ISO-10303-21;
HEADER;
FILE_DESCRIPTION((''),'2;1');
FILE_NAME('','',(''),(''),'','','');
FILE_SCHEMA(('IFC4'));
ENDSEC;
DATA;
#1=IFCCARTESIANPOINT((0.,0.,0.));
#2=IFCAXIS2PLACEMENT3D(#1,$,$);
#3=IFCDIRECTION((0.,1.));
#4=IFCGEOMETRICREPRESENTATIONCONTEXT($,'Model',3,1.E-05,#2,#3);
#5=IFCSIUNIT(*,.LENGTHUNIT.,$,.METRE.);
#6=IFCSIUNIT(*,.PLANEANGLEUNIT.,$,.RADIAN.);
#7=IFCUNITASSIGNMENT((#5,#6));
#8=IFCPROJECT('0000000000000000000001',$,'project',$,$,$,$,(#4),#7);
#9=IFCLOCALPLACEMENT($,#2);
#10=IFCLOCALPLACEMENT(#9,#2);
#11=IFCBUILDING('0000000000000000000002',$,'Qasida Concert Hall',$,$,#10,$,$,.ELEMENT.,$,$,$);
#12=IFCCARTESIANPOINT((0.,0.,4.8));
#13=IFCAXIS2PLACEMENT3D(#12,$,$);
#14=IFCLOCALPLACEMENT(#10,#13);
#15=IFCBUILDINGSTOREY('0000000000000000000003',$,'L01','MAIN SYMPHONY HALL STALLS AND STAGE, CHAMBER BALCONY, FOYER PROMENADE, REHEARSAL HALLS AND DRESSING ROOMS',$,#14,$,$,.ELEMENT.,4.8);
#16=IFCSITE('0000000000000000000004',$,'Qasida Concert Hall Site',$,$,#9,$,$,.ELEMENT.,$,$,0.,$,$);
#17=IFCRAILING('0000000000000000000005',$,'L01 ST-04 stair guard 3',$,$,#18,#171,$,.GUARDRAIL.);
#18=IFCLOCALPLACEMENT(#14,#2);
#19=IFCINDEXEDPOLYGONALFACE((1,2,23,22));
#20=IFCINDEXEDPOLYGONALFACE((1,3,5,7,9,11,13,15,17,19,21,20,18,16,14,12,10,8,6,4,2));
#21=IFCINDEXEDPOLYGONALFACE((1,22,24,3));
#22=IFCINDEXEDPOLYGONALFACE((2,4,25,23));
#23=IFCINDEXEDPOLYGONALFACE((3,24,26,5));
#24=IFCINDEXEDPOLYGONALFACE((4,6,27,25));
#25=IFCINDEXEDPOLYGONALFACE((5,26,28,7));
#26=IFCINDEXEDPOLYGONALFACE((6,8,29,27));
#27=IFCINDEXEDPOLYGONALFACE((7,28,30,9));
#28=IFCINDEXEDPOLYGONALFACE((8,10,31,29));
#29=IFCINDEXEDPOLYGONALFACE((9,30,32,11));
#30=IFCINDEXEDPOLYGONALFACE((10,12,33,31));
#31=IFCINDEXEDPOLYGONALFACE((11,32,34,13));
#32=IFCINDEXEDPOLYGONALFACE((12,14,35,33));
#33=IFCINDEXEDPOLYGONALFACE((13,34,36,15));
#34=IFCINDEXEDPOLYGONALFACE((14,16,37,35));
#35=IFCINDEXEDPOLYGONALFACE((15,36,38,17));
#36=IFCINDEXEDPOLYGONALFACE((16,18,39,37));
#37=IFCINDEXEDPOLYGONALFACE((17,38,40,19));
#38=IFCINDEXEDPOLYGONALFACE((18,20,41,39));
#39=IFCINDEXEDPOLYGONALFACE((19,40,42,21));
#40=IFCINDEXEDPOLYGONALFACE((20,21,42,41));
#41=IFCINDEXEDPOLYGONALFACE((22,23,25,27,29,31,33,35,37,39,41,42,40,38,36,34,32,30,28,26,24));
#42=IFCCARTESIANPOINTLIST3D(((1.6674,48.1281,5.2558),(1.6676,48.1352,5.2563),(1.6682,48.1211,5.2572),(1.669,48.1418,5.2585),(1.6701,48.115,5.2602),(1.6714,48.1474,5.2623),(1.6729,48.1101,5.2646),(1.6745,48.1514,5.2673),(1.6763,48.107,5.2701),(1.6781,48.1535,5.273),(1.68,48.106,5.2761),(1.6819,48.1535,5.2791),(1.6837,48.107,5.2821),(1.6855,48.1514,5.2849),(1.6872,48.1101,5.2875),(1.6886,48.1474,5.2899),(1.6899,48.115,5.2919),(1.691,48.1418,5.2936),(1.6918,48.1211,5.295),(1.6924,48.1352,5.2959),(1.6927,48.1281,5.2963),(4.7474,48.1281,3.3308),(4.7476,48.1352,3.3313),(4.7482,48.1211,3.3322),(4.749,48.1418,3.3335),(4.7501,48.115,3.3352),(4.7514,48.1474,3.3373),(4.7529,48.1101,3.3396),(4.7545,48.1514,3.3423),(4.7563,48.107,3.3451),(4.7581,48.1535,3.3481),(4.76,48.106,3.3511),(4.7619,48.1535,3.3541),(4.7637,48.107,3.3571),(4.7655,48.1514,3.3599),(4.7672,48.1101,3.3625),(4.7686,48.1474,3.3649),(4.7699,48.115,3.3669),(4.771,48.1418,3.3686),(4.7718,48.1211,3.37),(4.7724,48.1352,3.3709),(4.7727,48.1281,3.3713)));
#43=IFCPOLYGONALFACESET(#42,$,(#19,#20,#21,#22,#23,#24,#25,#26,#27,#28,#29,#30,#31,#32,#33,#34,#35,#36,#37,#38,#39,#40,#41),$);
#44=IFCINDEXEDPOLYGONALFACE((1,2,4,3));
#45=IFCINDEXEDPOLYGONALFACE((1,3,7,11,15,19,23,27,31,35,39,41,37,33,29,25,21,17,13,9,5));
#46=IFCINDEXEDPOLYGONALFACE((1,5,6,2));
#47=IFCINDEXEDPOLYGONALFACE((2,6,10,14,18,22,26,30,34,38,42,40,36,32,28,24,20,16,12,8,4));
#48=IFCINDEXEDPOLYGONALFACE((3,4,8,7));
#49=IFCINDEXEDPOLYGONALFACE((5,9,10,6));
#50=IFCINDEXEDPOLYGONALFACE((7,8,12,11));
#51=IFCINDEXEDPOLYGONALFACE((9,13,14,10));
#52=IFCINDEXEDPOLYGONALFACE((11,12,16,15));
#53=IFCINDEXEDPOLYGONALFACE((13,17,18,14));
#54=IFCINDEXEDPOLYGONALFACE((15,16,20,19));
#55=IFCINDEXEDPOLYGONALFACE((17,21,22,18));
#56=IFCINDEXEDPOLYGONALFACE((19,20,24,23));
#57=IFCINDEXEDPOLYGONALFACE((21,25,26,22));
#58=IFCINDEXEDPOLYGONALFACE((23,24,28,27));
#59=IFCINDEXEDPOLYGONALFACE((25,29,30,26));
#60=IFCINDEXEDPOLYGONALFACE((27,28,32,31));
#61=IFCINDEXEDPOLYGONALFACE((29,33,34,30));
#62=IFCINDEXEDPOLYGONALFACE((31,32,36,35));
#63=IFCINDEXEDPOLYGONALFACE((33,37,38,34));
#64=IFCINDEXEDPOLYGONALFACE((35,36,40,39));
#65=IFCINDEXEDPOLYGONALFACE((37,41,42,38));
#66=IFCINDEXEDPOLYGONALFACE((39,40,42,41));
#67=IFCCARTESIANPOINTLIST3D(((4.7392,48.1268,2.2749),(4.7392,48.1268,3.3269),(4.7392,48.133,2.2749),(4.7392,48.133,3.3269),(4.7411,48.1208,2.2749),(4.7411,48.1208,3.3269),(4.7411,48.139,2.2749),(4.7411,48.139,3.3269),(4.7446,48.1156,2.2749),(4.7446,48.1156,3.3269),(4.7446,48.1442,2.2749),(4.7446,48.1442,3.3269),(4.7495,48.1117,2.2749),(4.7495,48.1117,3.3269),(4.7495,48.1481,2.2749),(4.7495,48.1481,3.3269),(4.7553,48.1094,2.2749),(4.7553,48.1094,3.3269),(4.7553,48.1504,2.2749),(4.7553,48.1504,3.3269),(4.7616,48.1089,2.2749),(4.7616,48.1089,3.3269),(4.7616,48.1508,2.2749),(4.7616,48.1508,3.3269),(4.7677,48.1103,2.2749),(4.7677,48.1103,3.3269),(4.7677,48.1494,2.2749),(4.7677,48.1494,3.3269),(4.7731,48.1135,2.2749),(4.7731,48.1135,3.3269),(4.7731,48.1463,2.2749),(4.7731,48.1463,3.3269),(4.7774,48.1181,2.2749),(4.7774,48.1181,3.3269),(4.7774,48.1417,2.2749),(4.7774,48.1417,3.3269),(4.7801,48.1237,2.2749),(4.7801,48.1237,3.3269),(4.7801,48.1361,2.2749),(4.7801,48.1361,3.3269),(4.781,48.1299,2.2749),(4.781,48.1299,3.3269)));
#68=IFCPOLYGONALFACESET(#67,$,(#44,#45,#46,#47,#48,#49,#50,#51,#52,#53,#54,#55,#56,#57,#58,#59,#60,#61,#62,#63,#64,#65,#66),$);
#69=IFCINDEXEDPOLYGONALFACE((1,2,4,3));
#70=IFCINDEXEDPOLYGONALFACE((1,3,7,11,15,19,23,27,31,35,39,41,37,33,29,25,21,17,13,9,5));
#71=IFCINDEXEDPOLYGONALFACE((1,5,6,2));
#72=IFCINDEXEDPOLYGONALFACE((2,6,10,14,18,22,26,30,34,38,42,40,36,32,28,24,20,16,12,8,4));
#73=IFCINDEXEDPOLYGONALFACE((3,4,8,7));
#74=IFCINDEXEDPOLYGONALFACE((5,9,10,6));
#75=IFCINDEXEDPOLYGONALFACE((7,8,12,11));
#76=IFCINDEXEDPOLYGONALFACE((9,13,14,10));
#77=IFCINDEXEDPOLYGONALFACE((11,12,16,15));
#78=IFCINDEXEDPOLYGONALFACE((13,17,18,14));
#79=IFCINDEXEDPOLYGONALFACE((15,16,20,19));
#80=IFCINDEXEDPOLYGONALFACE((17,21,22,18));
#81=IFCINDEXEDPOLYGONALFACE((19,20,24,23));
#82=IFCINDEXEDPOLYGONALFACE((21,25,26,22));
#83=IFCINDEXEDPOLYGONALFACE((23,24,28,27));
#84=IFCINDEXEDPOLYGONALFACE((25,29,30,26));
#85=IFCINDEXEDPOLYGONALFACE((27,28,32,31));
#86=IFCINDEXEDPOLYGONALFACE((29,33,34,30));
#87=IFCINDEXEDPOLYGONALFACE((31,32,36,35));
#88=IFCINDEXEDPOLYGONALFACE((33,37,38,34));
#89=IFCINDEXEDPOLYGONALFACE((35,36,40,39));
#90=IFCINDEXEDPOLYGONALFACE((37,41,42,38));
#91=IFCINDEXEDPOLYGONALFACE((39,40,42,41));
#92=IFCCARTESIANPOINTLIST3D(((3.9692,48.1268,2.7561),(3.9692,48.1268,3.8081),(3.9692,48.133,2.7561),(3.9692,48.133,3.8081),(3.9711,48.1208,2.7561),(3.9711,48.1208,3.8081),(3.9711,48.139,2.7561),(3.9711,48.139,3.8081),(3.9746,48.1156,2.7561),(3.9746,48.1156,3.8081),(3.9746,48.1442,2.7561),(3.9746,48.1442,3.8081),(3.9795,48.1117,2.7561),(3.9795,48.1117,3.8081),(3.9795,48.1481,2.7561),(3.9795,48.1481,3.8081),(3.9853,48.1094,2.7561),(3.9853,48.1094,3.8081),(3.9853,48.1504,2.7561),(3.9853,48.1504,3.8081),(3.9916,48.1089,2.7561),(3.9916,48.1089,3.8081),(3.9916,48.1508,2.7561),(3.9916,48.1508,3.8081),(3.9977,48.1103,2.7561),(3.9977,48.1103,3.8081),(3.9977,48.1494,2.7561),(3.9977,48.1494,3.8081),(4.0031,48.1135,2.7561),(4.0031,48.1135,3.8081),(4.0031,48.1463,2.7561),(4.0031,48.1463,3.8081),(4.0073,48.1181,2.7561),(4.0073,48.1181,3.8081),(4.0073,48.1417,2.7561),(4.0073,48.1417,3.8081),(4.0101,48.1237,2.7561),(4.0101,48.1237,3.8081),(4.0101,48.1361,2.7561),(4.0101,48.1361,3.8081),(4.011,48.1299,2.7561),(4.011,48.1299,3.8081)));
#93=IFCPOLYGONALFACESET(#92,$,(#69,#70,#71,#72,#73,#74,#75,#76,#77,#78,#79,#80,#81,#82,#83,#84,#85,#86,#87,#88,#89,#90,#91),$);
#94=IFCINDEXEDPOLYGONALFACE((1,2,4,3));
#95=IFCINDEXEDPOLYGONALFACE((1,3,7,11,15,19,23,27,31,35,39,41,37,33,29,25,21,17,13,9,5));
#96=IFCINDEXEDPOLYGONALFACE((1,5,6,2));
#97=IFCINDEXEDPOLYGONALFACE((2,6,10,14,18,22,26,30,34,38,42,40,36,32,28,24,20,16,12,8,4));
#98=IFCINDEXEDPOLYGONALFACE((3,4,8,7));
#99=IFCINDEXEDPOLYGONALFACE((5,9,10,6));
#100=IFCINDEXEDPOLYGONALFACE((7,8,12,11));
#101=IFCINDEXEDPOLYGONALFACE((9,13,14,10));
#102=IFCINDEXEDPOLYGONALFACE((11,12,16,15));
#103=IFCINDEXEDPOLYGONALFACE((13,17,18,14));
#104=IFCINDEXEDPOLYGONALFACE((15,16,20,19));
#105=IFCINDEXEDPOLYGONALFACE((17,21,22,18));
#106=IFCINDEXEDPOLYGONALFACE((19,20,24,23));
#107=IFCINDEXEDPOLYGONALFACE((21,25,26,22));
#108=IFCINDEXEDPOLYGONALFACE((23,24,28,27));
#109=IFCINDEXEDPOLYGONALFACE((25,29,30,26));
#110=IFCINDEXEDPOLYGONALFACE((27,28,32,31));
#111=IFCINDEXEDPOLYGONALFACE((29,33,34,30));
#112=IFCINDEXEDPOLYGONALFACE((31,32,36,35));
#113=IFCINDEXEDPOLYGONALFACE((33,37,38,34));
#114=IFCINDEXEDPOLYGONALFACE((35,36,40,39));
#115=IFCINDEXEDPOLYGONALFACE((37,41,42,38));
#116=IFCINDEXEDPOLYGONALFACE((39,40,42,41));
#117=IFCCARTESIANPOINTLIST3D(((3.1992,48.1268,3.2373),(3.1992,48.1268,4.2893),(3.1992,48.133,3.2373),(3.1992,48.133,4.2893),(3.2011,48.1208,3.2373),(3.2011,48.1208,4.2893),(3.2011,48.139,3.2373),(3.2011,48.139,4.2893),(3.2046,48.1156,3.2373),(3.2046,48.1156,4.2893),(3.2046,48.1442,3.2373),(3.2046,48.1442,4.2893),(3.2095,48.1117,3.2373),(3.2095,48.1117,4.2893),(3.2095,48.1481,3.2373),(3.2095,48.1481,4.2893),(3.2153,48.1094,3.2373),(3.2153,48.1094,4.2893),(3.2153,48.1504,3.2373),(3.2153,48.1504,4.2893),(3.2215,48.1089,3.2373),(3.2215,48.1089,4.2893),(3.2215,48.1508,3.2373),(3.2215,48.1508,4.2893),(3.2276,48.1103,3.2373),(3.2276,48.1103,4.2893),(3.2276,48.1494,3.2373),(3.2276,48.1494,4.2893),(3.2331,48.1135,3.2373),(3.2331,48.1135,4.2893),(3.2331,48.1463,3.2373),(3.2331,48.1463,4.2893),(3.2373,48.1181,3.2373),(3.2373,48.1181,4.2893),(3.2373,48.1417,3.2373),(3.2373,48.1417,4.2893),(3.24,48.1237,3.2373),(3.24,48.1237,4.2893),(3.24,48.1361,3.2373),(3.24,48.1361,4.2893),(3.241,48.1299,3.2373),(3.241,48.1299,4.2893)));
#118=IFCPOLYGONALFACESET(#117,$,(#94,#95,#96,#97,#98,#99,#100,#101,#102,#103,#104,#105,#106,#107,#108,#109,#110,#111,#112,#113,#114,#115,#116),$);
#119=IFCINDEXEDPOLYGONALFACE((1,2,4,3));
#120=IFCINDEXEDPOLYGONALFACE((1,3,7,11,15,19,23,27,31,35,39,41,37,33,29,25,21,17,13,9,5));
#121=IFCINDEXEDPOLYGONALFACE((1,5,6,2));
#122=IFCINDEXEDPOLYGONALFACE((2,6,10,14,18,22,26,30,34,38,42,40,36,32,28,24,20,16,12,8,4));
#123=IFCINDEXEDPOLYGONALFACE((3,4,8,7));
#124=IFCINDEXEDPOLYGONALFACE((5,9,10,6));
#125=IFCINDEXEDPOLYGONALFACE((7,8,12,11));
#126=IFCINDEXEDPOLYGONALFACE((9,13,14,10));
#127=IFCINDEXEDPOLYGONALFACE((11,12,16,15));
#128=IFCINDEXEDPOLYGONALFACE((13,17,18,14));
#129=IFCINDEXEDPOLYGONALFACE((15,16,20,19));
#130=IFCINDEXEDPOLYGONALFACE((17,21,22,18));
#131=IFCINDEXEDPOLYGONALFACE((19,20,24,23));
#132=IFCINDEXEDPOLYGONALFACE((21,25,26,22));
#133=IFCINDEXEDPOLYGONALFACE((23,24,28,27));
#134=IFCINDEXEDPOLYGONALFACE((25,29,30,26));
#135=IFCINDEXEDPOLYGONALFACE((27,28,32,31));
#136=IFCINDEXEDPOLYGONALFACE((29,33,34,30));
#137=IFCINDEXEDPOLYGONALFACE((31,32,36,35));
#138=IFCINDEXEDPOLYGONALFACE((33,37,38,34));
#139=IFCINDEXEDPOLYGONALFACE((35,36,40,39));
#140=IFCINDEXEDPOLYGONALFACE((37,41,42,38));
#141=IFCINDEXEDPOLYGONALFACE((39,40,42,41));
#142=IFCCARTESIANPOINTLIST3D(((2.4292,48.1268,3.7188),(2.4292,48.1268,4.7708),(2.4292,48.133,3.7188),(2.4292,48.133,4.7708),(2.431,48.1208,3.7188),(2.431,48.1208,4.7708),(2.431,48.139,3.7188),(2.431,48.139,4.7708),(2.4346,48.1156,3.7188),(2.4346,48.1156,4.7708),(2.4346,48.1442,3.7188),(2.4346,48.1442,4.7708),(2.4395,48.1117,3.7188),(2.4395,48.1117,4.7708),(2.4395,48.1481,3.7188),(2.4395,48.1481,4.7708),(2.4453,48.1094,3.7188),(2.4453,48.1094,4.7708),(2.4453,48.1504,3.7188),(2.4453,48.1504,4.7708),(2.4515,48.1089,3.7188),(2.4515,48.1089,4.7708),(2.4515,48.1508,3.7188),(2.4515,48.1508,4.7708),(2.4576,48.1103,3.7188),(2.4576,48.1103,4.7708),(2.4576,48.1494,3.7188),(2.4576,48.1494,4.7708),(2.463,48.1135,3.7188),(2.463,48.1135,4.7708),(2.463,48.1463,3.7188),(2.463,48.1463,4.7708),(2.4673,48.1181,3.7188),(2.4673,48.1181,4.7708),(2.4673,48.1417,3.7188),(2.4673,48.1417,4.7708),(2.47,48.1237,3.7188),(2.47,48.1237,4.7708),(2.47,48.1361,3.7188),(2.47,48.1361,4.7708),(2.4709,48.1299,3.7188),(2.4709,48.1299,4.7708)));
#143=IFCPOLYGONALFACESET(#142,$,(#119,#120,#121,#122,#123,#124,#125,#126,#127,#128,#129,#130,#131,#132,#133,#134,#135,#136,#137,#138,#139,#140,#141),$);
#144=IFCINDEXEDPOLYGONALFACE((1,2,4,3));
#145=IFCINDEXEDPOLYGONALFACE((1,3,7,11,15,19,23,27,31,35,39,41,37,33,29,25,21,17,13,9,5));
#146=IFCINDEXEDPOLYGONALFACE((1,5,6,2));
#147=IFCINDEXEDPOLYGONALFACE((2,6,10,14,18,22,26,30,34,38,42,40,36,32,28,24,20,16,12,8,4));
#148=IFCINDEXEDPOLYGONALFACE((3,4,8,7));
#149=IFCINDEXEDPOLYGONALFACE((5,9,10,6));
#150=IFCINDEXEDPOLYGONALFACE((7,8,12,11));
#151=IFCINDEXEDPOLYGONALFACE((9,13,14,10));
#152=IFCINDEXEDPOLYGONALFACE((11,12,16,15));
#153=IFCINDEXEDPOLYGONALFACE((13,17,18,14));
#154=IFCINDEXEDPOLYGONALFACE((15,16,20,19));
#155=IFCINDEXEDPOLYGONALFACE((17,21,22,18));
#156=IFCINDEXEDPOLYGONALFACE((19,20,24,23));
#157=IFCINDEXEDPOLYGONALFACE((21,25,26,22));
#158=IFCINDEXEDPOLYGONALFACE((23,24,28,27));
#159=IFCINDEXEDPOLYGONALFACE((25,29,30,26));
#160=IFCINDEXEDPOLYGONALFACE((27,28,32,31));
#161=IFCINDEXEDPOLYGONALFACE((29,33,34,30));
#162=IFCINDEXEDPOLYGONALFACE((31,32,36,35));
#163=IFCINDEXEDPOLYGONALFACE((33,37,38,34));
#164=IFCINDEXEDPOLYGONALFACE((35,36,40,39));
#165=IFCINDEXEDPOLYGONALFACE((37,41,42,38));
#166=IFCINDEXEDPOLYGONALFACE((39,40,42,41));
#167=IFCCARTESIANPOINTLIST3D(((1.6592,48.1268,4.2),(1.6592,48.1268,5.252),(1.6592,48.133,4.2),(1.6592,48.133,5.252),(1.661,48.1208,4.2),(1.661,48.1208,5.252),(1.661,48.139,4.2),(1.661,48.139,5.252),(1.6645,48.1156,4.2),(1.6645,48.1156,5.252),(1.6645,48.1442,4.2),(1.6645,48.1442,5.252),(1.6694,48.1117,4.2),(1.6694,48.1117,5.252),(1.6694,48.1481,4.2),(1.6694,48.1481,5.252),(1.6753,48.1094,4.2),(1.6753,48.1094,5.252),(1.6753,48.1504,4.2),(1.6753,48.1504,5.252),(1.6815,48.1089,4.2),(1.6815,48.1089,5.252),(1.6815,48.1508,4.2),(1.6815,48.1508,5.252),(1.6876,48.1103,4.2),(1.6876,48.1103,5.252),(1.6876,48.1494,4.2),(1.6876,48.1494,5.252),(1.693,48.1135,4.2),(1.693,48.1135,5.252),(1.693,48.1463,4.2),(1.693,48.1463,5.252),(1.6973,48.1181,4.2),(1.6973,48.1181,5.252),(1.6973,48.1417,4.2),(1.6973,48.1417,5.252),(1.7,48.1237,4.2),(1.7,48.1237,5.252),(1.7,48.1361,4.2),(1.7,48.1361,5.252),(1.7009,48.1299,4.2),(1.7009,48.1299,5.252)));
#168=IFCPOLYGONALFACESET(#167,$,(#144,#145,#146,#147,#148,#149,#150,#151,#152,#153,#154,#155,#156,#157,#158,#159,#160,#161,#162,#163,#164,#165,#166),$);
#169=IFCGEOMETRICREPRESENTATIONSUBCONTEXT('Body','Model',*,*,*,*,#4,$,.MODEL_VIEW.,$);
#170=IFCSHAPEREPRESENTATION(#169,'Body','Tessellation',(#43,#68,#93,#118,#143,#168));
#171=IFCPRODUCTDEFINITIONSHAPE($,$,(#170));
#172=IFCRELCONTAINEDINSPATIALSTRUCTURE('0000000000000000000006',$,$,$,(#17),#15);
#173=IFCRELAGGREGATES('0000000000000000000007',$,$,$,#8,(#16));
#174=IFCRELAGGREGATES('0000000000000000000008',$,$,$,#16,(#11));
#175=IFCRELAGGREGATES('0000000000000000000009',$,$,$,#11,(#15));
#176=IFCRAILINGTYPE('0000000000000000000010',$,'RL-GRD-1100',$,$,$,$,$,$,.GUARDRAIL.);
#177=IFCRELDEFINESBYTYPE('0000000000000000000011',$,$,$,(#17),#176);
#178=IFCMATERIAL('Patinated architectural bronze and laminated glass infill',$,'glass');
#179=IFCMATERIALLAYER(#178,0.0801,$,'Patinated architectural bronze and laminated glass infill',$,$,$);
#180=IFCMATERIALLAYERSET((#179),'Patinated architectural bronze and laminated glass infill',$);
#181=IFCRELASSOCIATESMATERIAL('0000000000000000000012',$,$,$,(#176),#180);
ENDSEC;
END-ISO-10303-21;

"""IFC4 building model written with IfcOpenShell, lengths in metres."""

from ifc_helpers import new_model, si_unit, direction, frame, origin, origin_2d, place, context, subcontext, project, spatial, circle, extrude, material, layer, layer_set, type_object, element, save


model = new_model("IFC4")

# Units and contexts
model_context = context("Model", 3, precision=1e-05, world=origin(), true_north=direction((0.0, 1.0)))
body_context = subcontext(model_context, "Body", "Model", "MODEL_VIEW")
ifc_project = project(units=[si_unit("LENGTHUNIT", "METRE"), si_unit("PLANEANGLEUNIT", "RADIAN")], contexts=[model_context])

# Site, building, storey
site_placement = place(None, origin())
site = spatial("IfcSite", under=ifc_project, at=site_placement, Name="Qasida Concert Hall Site", CompositionType="ELEMENT", RefElevation=0.0)
building_placement = place(site_placement, origin())
building = spatial("IfcBuilding", under=site, at=building_placement, Name="Qasida Concert Hall", CompositionType="ELEMENT")
storey_placement = place(building_placement, frame((0.0, 0.0, 4.8)))
storey = spatial("IfcBuildingStorey", under=building, at=storey_placement, Name="L01", Description="MAIN SYMPHONY HALL STALLS AND STAGE, CHAMBER BALCONY, FOYER PROMENADE, REHEARSAL HALLS AND DRESSING ROOMS", CompositionType="ELEMENT", Elevation=4.8)

# Railing
ifc_material_1 = material(Name="Patinated architectural bronze and laminated glass infill", Category="glass")
ifc_layer_1 = layer(ifc_material_1, 0.0801, Name="Patinated architectural bronze and laminated glass infill")
ifc_layer_set_1 = layer_set([ifc_layer_1], Name="Patinated architectural bronze and laminated glass infill")
railing_type_1 = type_object("IfcRailingType", Name="RL-GRD-1100", PredefinedType="GUARDRAIL", material=ifc_layer_set_1)
railing_1_placement = place(storey_placement, frame((4.76, 48.1299, 2.2749)))
element("IfcRailing", 1, at=railing_1_placement, inside=storey, type_object=railing_type_1, Name="L01 ST-04 stair guard 3", PredefinedType="GUARDRAIL", context=body_context, shape_type="SweptSolid", body=[
    extrude(circle(Radius=0.0239, at=origin_2d()), frame((0.0, 0.0, 1.0762), z_axis=(-0.847998, 0.0, 0.529999), x_axis=(0.0, -1.0, 0.0)), (0.0, 0.0, 1.0), 3.6321),
    extrude(circle(Radius=0.021, at=origin_2d()), origin(), (0.0, 0.0, 1.0), 1.052),
    extrude(circle(Radius=0.021, at=origin_2d()), frame((-0.77, 0.0, 0.4812)), (0.0, 0.0, 1.0), 1.052),
    extrude(circle(Radius=0.021, at=origin_2d()), frame((-1.54, 0.0, 0.9624)), (0.0, 0.0, 1.0), 1.052),
    extrude(circle(Radius=0.021, at=origin_2d()), frame((-2.3101, 0.0, 1.4438)), (0.0, 0.0, 1.0), 1.052),
    extrude(circle(Radius=0.021, at=origin_2d()), frame((-3.0801, 0.0, 1.925)), (0.0, 0.0, 1.0), 1.052),
])

save(model, "model.ifc")
